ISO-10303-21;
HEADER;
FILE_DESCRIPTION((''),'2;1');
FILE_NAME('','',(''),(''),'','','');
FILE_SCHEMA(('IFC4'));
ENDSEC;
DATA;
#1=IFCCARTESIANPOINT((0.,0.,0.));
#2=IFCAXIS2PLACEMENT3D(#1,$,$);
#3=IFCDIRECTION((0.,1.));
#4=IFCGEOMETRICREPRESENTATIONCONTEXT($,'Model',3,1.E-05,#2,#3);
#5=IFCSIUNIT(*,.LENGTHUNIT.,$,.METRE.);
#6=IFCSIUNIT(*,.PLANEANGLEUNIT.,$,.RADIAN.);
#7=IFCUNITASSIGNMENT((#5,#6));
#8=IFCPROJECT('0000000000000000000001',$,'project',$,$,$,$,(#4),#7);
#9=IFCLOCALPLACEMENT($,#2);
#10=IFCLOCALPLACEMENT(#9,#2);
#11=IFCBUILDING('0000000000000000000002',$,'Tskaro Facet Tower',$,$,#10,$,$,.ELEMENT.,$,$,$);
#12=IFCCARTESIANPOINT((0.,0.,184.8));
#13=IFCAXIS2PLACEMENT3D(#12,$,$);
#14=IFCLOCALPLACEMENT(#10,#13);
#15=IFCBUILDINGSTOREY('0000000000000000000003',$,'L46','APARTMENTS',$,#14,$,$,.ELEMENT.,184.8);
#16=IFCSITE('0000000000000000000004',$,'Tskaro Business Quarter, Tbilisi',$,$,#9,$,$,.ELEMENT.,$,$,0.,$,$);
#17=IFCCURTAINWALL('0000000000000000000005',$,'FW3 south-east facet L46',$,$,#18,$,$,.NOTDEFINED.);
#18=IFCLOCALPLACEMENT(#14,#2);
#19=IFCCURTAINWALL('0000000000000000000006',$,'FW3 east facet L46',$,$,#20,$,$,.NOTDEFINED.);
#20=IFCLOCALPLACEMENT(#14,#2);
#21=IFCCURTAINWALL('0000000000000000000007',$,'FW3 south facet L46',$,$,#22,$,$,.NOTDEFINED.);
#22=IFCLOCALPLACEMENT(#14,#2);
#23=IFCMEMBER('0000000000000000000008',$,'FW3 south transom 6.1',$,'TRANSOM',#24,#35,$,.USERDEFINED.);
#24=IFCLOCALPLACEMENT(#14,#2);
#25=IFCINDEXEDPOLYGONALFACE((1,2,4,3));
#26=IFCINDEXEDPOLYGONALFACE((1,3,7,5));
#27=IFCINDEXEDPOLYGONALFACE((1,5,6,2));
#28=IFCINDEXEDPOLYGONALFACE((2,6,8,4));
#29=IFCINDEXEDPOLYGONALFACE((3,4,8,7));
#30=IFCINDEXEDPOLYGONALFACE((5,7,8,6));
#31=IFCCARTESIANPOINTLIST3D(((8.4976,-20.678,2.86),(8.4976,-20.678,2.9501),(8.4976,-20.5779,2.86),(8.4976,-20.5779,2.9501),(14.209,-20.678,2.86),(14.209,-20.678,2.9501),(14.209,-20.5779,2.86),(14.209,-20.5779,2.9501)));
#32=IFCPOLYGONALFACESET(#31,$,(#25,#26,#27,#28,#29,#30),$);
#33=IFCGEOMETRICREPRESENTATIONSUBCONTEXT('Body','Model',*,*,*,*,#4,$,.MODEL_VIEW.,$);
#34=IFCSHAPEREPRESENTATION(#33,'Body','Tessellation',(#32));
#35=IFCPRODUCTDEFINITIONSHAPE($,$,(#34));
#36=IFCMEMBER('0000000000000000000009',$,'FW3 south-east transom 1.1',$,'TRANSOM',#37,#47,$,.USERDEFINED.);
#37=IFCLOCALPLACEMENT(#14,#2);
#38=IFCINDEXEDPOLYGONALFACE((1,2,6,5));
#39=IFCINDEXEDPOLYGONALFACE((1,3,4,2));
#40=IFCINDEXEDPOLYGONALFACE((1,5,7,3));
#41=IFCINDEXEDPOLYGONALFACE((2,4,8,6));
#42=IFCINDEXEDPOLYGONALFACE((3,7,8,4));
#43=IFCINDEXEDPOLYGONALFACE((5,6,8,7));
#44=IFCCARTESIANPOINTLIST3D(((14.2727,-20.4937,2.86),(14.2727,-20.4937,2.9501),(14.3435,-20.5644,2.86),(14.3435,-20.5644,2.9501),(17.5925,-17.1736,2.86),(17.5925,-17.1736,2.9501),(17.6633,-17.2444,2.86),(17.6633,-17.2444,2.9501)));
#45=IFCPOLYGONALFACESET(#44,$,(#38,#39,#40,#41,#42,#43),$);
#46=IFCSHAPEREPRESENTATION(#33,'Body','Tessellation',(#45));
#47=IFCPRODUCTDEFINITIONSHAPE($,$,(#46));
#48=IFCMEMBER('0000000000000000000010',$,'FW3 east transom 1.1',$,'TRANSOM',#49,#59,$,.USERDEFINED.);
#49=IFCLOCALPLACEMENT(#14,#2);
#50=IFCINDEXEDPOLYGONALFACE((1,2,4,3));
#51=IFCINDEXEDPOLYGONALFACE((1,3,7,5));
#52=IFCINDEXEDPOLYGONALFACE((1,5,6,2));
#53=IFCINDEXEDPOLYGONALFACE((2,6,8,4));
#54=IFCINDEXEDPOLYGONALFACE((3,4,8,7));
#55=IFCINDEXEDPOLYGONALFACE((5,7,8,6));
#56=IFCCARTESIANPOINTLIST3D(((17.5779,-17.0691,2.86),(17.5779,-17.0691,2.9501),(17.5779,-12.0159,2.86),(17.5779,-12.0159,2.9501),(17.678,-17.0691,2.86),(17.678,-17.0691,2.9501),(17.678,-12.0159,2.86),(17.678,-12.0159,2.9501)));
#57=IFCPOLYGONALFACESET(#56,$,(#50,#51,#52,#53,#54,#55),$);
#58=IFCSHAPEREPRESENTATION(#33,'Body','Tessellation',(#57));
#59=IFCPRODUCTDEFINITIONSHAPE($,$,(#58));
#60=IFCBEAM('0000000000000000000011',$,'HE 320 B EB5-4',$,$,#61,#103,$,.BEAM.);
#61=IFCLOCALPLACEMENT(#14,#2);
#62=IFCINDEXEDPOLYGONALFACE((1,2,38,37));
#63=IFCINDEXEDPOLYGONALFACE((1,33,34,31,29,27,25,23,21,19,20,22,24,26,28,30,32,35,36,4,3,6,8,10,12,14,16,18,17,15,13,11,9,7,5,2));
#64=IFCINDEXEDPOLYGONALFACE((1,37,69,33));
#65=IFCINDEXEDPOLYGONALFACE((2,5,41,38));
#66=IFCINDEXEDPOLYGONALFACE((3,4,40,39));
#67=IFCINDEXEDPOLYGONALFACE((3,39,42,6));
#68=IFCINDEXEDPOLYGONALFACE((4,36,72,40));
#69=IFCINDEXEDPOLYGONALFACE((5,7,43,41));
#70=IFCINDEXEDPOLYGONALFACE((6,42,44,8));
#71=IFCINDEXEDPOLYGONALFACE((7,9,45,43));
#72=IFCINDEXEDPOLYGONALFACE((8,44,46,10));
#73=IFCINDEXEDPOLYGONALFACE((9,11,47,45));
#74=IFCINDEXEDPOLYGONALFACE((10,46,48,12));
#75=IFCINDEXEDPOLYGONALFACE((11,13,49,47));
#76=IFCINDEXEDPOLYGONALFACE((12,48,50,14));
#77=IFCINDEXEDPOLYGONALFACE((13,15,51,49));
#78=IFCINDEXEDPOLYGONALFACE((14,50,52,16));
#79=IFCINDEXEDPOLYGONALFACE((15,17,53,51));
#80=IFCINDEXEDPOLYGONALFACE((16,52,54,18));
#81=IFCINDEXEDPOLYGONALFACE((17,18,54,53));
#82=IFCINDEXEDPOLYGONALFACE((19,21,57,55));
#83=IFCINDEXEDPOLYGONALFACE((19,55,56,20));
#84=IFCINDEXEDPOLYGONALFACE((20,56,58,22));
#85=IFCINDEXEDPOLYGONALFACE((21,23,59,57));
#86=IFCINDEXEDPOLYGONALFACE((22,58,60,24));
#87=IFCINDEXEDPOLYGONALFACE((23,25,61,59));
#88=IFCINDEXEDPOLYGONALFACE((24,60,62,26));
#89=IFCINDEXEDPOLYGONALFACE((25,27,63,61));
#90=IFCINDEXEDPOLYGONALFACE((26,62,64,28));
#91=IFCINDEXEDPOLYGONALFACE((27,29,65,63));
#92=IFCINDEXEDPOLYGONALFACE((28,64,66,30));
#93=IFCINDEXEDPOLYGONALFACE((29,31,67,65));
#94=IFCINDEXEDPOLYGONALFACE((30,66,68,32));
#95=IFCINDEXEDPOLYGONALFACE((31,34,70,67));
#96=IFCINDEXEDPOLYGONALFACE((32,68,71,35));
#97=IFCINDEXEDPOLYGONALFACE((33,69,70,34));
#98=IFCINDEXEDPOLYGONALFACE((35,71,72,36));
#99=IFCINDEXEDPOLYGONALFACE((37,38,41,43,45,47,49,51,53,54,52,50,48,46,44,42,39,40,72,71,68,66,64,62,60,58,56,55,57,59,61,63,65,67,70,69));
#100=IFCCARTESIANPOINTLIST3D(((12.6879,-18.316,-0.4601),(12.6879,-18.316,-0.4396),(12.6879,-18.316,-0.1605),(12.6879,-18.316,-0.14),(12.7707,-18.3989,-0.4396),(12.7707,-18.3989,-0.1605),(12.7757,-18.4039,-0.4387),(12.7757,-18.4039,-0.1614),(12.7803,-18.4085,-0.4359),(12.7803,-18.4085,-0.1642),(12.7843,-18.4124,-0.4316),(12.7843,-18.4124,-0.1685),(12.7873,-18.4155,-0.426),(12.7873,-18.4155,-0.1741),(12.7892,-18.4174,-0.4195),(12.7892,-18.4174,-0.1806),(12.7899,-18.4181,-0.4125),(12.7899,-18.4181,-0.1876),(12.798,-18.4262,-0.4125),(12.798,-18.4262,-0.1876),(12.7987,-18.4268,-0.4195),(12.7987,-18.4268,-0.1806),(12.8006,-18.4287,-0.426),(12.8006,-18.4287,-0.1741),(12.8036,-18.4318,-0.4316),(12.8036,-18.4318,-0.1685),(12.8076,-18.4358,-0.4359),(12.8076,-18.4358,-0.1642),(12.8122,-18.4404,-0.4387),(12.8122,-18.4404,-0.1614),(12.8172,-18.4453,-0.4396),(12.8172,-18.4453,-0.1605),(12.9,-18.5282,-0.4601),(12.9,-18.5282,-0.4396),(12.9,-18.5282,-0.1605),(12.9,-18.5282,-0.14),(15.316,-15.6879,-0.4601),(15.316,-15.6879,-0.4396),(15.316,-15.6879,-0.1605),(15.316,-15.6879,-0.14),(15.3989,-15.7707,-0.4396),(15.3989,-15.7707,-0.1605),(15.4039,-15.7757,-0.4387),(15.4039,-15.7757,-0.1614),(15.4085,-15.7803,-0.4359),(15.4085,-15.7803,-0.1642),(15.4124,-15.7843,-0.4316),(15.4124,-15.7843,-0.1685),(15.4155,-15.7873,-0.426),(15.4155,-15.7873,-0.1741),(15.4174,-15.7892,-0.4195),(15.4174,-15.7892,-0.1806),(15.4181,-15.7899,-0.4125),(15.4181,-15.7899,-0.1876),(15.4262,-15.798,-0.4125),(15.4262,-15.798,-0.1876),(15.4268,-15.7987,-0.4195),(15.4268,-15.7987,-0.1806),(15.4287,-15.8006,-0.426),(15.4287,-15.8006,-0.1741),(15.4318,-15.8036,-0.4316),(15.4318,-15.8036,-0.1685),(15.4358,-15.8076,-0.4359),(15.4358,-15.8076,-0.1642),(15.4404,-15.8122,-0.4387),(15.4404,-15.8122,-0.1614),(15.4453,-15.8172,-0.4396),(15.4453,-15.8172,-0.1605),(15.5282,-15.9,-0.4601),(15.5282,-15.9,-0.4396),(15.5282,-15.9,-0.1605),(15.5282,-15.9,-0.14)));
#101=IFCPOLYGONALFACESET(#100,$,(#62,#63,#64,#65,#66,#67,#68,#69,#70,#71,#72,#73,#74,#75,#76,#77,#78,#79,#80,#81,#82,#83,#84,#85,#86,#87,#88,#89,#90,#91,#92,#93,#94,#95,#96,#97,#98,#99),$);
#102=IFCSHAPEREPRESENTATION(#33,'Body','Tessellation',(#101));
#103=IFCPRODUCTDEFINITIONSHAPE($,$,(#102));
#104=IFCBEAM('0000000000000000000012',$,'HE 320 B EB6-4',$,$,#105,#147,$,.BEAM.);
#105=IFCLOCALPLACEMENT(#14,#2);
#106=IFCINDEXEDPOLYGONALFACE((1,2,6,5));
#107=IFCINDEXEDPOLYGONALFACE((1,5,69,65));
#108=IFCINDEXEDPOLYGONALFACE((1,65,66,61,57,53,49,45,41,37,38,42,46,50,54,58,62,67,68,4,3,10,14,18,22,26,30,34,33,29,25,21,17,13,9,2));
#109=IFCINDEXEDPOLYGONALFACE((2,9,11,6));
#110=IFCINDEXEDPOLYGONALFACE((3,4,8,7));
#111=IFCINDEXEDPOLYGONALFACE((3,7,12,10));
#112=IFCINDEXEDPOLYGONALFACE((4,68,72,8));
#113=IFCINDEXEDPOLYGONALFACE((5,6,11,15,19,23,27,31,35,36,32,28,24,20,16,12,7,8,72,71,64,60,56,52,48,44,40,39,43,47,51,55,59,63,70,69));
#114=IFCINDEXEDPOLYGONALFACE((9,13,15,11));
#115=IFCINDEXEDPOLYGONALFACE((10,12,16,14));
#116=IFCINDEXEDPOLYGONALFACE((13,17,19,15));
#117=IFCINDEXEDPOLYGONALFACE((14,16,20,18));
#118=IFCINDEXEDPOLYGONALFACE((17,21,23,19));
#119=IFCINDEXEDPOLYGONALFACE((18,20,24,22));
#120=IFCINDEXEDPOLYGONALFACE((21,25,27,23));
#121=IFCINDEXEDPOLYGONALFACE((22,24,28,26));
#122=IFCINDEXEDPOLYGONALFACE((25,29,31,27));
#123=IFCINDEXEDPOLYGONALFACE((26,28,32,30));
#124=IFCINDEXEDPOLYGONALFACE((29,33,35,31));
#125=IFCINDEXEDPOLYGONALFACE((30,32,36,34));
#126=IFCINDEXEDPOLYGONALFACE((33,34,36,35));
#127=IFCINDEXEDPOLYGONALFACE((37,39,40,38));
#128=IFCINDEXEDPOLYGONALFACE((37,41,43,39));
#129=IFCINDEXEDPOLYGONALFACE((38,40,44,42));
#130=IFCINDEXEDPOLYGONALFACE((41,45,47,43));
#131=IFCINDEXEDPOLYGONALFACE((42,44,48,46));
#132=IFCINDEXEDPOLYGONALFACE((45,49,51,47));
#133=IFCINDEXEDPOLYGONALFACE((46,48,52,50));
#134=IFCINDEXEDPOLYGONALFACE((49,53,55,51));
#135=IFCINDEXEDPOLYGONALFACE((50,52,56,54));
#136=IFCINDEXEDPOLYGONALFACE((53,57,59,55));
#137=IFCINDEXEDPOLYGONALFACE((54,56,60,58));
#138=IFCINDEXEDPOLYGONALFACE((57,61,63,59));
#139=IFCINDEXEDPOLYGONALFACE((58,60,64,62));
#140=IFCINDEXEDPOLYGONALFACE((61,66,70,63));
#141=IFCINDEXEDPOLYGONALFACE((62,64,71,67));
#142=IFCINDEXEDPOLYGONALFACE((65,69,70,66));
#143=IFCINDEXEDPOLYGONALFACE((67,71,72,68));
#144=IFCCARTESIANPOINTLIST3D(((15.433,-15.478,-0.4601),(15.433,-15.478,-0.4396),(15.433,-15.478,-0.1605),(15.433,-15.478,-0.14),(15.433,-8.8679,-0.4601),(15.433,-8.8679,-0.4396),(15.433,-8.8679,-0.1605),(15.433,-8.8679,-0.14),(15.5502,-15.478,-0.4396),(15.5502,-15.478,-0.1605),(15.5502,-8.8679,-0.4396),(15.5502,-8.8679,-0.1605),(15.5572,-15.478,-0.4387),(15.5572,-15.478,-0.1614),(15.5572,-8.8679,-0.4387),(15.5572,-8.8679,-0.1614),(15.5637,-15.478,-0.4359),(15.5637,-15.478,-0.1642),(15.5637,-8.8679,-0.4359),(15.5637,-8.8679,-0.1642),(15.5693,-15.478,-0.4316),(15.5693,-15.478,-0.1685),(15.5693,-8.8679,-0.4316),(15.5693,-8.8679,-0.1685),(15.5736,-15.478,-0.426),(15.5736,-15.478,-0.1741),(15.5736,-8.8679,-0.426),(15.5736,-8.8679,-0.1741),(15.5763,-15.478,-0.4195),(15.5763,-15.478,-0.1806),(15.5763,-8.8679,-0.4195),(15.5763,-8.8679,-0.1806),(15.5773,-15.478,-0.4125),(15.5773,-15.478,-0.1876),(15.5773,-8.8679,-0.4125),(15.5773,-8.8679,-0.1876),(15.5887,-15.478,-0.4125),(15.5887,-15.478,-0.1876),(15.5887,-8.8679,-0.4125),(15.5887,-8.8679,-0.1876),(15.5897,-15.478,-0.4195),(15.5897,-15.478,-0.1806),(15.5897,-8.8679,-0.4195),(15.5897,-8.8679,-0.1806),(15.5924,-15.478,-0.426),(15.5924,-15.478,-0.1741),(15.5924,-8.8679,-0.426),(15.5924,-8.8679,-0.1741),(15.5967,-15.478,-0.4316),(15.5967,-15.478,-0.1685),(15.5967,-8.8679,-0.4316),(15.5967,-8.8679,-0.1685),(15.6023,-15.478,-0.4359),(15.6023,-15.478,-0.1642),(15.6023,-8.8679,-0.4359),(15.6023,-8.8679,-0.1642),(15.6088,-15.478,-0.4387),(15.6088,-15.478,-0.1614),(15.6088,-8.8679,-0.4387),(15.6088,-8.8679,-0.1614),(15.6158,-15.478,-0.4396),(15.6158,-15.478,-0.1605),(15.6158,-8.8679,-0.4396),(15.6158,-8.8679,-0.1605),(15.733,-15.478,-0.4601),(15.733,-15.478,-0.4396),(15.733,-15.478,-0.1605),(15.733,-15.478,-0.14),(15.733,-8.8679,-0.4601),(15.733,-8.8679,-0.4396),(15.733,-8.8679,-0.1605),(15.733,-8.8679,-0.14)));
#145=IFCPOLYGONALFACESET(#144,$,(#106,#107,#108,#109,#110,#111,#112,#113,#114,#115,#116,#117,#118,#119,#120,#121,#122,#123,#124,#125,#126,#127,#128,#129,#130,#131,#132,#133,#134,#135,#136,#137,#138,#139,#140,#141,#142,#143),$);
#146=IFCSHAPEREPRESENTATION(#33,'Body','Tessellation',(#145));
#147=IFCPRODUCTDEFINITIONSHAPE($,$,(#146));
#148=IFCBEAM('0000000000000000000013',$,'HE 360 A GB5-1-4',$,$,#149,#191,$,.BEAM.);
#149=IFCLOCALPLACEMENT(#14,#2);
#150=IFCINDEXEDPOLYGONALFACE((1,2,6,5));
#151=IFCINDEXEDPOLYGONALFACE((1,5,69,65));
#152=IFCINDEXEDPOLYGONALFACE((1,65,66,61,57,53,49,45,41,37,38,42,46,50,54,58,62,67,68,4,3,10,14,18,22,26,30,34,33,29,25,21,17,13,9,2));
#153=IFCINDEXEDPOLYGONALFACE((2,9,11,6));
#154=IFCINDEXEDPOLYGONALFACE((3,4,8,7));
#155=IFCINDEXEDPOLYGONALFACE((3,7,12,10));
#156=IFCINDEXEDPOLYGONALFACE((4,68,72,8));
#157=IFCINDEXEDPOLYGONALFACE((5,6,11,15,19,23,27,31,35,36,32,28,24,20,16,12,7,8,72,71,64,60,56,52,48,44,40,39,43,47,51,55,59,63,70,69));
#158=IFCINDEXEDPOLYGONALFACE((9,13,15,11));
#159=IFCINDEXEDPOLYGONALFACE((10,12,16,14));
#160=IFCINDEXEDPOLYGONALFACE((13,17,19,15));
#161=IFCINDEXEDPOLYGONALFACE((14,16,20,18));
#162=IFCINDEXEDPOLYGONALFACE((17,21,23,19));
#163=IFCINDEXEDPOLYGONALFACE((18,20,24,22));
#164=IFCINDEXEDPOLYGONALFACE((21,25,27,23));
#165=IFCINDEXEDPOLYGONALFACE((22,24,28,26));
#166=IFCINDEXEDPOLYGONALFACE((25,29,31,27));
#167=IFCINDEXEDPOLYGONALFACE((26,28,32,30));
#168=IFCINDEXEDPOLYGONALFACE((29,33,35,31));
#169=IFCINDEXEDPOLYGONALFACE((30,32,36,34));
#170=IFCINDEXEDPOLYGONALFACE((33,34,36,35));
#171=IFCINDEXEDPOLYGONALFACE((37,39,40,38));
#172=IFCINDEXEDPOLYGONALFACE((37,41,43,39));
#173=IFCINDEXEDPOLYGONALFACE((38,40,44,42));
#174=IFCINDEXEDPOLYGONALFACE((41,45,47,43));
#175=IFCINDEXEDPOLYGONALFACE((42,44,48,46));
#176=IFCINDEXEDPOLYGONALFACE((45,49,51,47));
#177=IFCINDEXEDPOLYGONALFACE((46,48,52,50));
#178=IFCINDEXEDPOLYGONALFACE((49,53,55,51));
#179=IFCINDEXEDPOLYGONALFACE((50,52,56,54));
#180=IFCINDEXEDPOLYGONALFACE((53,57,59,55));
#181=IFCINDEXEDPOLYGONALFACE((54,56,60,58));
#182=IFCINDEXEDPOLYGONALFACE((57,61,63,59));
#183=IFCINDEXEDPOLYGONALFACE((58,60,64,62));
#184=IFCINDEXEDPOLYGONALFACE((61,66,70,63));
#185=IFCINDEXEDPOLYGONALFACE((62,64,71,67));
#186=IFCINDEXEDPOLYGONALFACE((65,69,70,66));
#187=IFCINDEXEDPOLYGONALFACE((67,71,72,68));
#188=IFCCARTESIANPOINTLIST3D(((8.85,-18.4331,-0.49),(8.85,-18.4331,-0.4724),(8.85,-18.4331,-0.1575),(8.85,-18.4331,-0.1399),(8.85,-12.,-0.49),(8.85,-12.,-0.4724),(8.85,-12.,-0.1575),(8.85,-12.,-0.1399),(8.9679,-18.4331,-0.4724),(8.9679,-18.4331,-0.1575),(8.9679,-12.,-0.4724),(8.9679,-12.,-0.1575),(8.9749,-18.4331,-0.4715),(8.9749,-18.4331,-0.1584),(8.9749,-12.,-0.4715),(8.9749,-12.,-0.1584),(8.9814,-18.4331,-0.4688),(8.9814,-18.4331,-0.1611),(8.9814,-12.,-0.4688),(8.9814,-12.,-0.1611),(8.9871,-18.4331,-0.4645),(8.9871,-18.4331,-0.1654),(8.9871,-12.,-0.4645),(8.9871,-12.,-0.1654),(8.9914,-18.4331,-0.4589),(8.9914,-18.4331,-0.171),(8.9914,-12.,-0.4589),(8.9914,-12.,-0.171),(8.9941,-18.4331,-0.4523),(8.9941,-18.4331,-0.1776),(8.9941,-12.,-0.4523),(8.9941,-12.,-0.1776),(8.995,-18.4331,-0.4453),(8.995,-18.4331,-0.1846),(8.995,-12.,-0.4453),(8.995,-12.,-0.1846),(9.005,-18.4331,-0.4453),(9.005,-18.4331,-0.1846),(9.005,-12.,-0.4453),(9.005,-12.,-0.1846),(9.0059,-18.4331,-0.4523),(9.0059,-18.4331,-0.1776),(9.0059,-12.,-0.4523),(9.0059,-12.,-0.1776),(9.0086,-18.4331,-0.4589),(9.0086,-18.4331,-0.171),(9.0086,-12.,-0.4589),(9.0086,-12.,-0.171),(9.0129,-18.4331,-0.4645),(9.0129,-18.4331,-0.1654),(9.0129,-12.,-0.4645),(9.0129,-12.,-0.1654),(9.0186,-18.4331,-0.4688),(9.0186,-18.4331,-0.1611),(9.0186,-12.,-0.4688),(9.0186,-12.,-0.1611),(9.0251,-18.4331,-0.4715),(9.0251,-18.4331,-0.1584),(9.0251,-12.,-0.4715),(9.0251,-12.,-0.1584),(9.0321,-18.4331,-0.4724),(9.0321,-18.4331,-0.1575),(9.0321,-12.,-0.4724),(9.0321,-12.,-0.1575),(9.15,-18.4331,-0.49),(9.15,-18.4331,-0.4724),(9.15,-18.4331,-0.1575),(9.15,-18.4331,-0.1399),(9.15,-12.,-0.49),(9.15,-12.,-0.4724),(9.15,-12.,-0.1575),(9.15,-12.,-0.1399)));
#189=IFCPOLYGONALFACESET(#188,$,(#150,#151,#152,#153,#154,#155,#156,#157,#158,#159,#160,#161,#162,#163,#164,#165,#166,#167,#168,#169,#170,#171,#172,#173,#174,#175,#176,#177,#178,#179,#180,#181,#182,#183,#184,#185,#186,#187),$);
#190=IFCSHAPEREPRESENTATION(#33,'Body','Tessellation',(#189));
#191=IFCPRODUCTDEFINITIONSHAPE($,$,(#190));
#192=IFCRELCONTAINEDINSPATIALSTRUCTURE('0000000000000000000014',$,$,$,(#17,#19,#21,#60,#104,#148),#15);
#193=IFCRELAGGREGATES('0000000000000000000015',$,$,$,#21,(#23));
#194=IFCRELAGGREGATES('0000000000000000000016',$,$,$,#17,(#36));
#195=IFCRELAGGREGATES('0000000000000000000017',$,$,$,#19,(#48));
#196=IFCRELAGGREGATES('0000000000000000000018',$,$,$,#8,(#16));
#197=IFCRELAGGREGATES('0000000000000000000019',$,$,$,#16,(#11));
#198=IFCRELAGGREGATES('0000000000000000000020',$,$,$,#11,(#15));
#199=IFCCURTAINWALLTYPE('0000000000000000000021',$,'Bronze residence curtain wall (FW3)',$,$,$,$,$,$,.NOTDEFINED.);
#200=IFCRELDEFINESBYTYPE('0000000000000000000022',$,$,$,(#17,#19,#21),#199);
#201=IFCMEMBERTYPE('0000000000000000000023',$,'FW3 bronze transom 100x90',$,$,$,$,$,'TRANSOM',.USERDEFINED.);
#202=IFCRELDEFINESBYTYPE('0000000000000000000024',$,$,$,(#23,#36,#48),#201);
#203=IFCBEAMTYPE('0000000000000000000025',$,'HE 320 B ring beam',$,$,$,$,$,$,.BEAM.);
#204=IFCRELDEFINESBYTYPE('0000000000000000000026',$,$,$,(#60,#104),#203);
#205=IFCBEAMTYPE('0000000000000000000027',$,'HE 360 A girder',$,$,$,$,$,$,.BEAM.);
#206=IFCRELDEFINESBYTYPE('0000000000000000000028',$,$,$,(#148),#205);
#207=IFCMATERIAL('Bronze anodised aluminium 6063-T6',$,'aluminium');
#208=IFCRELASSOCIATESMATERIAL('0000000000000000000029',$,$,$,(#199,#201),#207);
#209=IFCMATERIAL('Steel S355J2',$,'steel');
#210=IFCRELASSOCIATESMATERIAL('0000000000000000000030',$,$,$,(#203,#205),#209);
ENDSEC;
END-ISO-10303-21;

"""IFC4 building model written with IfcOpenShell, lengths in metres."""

from ifc_helpers import new_model, si_unit, direction, frame, origin, origin_2d, place, context, subcontext, project, spatial, rectangle, i_section, extrude, material, material_profile, profile_set, type_object, element, aggregate, save


model = new_model("IFC4")

# Units and contexts
model_context = context("Model", 3, precision=1e-05, world=origin(), true_north=direction((0.0, 1.0)))
body_context = subcontext(model_context, "Body", "Model", "MODEL_VIEW")
ifc_project = project(units=[si_unit("LENGTHUNIT", "METRE"), si_unit("PLANEANGLEUNIT", "RADIAN")], contexts=[model_context])

# Site, building, storey
site_placement = place(None, origin())
site = spatial("IfcSite", under=ifc_project, at=site_placement, Name="Tskaro Business Quarter, Tbilisi", CompositionType="ELEMENT", RefElevation=0.0)
building_placement = place(site_placement, origin())
building = spatial("IfcBuilding", under=site, at=building_placement, Name="Tskaro Facet Tower", CompositionType="ELEMENT")
storey_placement = place(building_placement, frame((0.0, 0.0, 184.8)))
storey = spatial("IfcBuildingStorey", under=building, at=storey_placement, Name="L46", Description="APARTMENTS", CompositionType="ELEMENT", Elevation=184.8)

# Curtain walls, member
ifc_material_1 = material(Name="Bronze anodised aluminium 6063-T6", Category="aluminium")
curtain_wall_type = type_object("IfcCurtainWallType", Name="Bronze residence curtain wall (FW3)", PredefinedType="NOTDEFINED", material=ifc_material_1)
curtain_wall_1_placement = place(storey_placement, origin())
curtain_wall_1 = element("IfcCurtainWall", 1, at=curtain_wall_1_placement, inside=storey, type_object=curtain_wall_type, Name="FW3 south-east facet L46", PredefinedType="NOTDEFINED")
curtain_wall_2_placement = place(storey_placement, origin())
curtain_wall_2 = element("IfcCurtainWall", 2, at=curtain_wall_2_placement, inside=storey, type_object=curtain_wall_type, Name="FW3 east facet L46", PredefinedType="NOTDEFINED")
curtain_wall_3_placement = place(storey_placement, origin())
curtain_wall_3 = element("IfcCurtainWall", 3, at=curtain_wall_3_placement, inside=storey, type_object=curtain_wall_type, Name="FW3 south facet L46", PredefinedType="NOTDEFINED")
ifc_material_profile_1 = material_profile(ifc_material_1, rectangle(XDim=0.1001, YDim=0.0901, at=origin_2d()), Name="Transom 100x90")
ifc_profile_set_1 = profile_set([ifc_material_profile_1], Name="Bronze anodised aluminium 6063-T6")
member_type_1 = type_object("IfcMemberType", Name="FW3 bronze transom 100x90", ElementType="TRANSOM", PredefinedType="USERDEFINED", material=ifc_profile_set_1)
member_1_placement = place(storey_placement, frame((8.4976, -20.6279, 2.905), z_axis=(1.0, 0.0, 0.0), x_axis=(0.0, 1.0, 0.0)))
member_1 = element("IfcMember", 4, at=member_1_placement, type_object=member_type_1, Name="FW3 south transom 6.1", ObjectType="TRANSOM", PredefinedType="USERDEFINED", context=body_context, shape_type="SweptSolid", body=[
    extrude(rectangle(XDim=0.1001, YDim=0.0901, at=origin_2d()), origin(), (0.0, 0.0, 1.0), 5.7114),
])

# Members
member_2_placement = place(storey_placement, frame((14.3081, -20.5291, 2.905), z_axis=(0.707081, 0.707133, 0.0), x_axis=(-0.707133, 0.707081, 0.0)))
member_2 = element("IfcMember", 5, at=member_2_placement, type_object=member_type_1, Name="FW3 south-east transom 1.1", ObjectType="TRANSOM", PredefinedType="USERDEFINED", context=body_context, shape_type="SweptSolid", body=[
    extrude(rectangle(XDim=0.1001, YDim=0.0901, at=origin_2d()), origin(), (0.0, 0.0, 1.0), 4.6951),
])
member_3_placement = place(storey_placement, frame((17.6279, -17.0691, 2.905), z_axis=(0.0, 1.0, 0.0), x_axis=(-1.0, 0.0, 0.0)))
member_3 = element("IfcMember", 6, at=member_3_placement, type_object=member_type_1, Name="FW3 east transom 1.1", ObjectType="TRANSOM", PredefinedType="USERDEFINED", context=body_context, shape_type="SweptSolid", body=[
    extrude(rectangle(XDim=0.1001, YDim=0.0901, at=origin_2d()), origin(), (0.0, 0.0, 1.0), 5.0532),
])

# Beams
ifc_material_2 = material(Name="Steel S355J2", Category="steel")
ifc_material_profile_2 = material_profile(ifc_material_2, i_section(OverallWidth=0.3, OverallDepth=0.3201, WebThickness=0.0115, FlangeThickness=0.0205, FilletRadius=0.0271, at=origin_2d()), Name="HE 320 B")
ifc_profile_set_2 = profile_set([ifc_material_profile_2], Name="Steel S355J2")
beam_type_1 = type_object("IfcBeamType", Name="HE 320 B ring beam", PredefinedType="BEAM", material=ifc_profile_set_2)
beam_1_placement = place(storey_placement, frame((12.7939, -18.4221, -0.3), z_axis=(0.707107, 0.707107, 0.0), x_axis=(-0.707107, 0.707107, 0.0)))
element("IfcBeam", 7, at=beam_1_placement, inside=storey, type_object=beam_type_1, Name="HE 320 B EB5-4", PredefinedType="BEAM", context=body_context, shape_type="SweptSolid", body=[
    extrude(i_section(OverallWidth=0.3, OverallDepth=0.3201, WebThickness=0.0115, FlangeThickness=0.0205, FilletRadius=0.0271, at=origin_2d()), origin(), (0.0, 0.0, 1.0), 3.7168),
])
beam_2_placement = place(storey_placement, frame((15.583, -15.478, -0.3), z_axis=(0.0, 1.0, 0.0), x_axis=(-1.0, 0.0, 0.0)))
element("IfcBeam", 8, at=beam_2_placement, inside=storey, type_object=beam_type_1, Name="HE 320 B EB6-4", PredefinedType="BEAM", context=body_context, shape_type="SweptSolid", body=[
    extrude(i_section(OverallWidth=0.3, OverallDepth=0.3201, WebThickness=0.0115, FlangeThickness=0.0205, FilletRadius=0.0271, at=origin_2d()), origin(), (0.0, 0.0, 1.0), 6.6101),
])
ifc_material_profile_3 = material_profile(ifc_material_2, i_section(OverallWidth=0.3, OverallDepth=0.3501, WebThickness=0.01, FlangeThickness=0.0176, FilletRadius=0.0271, at=origin_2d()), Name="HE 360 A")
ifc_profile_set_3 = profile_set([ifc_material_profile_3], Name="Steel S355J2")
beam_type_2 = type_object("IfcBeamType", Name="HE 360 A girder", PredefinedType="BEAM", material=ifc_profile_set_3)
beam_3_placement = place(storey_placement, frame((9.0, -18.4331, -0.3149), z_axis=(0.0, 1.0, 0.0), x_axis=(-1.0, 0.0, 0.0)))
element("IfcBeam", 9, at=beam_3_placement, inside=storey, type_object=beam_type_2, Name="HE 360 A GB5-1-4", PredefinedType="BEAM", context=body_context, shape_type="SweptSolid", body=[
    extrude(i_section(OverallWidth=0.3, OverallDepth=0.3501, WebThickness=0.01, FlangeThickness=0.0176, FilletRadius=0.0271, at=origin_2d()), origin(), (0.0, 0.0, 1.0), 6.4331),
])

aggregate(curtain_wall_3, [member_1])
aggregate(curtain_wall_1, [member_2])
aggregate(curtain_wall_2, [member_3])

save(model, "model.ifc")
